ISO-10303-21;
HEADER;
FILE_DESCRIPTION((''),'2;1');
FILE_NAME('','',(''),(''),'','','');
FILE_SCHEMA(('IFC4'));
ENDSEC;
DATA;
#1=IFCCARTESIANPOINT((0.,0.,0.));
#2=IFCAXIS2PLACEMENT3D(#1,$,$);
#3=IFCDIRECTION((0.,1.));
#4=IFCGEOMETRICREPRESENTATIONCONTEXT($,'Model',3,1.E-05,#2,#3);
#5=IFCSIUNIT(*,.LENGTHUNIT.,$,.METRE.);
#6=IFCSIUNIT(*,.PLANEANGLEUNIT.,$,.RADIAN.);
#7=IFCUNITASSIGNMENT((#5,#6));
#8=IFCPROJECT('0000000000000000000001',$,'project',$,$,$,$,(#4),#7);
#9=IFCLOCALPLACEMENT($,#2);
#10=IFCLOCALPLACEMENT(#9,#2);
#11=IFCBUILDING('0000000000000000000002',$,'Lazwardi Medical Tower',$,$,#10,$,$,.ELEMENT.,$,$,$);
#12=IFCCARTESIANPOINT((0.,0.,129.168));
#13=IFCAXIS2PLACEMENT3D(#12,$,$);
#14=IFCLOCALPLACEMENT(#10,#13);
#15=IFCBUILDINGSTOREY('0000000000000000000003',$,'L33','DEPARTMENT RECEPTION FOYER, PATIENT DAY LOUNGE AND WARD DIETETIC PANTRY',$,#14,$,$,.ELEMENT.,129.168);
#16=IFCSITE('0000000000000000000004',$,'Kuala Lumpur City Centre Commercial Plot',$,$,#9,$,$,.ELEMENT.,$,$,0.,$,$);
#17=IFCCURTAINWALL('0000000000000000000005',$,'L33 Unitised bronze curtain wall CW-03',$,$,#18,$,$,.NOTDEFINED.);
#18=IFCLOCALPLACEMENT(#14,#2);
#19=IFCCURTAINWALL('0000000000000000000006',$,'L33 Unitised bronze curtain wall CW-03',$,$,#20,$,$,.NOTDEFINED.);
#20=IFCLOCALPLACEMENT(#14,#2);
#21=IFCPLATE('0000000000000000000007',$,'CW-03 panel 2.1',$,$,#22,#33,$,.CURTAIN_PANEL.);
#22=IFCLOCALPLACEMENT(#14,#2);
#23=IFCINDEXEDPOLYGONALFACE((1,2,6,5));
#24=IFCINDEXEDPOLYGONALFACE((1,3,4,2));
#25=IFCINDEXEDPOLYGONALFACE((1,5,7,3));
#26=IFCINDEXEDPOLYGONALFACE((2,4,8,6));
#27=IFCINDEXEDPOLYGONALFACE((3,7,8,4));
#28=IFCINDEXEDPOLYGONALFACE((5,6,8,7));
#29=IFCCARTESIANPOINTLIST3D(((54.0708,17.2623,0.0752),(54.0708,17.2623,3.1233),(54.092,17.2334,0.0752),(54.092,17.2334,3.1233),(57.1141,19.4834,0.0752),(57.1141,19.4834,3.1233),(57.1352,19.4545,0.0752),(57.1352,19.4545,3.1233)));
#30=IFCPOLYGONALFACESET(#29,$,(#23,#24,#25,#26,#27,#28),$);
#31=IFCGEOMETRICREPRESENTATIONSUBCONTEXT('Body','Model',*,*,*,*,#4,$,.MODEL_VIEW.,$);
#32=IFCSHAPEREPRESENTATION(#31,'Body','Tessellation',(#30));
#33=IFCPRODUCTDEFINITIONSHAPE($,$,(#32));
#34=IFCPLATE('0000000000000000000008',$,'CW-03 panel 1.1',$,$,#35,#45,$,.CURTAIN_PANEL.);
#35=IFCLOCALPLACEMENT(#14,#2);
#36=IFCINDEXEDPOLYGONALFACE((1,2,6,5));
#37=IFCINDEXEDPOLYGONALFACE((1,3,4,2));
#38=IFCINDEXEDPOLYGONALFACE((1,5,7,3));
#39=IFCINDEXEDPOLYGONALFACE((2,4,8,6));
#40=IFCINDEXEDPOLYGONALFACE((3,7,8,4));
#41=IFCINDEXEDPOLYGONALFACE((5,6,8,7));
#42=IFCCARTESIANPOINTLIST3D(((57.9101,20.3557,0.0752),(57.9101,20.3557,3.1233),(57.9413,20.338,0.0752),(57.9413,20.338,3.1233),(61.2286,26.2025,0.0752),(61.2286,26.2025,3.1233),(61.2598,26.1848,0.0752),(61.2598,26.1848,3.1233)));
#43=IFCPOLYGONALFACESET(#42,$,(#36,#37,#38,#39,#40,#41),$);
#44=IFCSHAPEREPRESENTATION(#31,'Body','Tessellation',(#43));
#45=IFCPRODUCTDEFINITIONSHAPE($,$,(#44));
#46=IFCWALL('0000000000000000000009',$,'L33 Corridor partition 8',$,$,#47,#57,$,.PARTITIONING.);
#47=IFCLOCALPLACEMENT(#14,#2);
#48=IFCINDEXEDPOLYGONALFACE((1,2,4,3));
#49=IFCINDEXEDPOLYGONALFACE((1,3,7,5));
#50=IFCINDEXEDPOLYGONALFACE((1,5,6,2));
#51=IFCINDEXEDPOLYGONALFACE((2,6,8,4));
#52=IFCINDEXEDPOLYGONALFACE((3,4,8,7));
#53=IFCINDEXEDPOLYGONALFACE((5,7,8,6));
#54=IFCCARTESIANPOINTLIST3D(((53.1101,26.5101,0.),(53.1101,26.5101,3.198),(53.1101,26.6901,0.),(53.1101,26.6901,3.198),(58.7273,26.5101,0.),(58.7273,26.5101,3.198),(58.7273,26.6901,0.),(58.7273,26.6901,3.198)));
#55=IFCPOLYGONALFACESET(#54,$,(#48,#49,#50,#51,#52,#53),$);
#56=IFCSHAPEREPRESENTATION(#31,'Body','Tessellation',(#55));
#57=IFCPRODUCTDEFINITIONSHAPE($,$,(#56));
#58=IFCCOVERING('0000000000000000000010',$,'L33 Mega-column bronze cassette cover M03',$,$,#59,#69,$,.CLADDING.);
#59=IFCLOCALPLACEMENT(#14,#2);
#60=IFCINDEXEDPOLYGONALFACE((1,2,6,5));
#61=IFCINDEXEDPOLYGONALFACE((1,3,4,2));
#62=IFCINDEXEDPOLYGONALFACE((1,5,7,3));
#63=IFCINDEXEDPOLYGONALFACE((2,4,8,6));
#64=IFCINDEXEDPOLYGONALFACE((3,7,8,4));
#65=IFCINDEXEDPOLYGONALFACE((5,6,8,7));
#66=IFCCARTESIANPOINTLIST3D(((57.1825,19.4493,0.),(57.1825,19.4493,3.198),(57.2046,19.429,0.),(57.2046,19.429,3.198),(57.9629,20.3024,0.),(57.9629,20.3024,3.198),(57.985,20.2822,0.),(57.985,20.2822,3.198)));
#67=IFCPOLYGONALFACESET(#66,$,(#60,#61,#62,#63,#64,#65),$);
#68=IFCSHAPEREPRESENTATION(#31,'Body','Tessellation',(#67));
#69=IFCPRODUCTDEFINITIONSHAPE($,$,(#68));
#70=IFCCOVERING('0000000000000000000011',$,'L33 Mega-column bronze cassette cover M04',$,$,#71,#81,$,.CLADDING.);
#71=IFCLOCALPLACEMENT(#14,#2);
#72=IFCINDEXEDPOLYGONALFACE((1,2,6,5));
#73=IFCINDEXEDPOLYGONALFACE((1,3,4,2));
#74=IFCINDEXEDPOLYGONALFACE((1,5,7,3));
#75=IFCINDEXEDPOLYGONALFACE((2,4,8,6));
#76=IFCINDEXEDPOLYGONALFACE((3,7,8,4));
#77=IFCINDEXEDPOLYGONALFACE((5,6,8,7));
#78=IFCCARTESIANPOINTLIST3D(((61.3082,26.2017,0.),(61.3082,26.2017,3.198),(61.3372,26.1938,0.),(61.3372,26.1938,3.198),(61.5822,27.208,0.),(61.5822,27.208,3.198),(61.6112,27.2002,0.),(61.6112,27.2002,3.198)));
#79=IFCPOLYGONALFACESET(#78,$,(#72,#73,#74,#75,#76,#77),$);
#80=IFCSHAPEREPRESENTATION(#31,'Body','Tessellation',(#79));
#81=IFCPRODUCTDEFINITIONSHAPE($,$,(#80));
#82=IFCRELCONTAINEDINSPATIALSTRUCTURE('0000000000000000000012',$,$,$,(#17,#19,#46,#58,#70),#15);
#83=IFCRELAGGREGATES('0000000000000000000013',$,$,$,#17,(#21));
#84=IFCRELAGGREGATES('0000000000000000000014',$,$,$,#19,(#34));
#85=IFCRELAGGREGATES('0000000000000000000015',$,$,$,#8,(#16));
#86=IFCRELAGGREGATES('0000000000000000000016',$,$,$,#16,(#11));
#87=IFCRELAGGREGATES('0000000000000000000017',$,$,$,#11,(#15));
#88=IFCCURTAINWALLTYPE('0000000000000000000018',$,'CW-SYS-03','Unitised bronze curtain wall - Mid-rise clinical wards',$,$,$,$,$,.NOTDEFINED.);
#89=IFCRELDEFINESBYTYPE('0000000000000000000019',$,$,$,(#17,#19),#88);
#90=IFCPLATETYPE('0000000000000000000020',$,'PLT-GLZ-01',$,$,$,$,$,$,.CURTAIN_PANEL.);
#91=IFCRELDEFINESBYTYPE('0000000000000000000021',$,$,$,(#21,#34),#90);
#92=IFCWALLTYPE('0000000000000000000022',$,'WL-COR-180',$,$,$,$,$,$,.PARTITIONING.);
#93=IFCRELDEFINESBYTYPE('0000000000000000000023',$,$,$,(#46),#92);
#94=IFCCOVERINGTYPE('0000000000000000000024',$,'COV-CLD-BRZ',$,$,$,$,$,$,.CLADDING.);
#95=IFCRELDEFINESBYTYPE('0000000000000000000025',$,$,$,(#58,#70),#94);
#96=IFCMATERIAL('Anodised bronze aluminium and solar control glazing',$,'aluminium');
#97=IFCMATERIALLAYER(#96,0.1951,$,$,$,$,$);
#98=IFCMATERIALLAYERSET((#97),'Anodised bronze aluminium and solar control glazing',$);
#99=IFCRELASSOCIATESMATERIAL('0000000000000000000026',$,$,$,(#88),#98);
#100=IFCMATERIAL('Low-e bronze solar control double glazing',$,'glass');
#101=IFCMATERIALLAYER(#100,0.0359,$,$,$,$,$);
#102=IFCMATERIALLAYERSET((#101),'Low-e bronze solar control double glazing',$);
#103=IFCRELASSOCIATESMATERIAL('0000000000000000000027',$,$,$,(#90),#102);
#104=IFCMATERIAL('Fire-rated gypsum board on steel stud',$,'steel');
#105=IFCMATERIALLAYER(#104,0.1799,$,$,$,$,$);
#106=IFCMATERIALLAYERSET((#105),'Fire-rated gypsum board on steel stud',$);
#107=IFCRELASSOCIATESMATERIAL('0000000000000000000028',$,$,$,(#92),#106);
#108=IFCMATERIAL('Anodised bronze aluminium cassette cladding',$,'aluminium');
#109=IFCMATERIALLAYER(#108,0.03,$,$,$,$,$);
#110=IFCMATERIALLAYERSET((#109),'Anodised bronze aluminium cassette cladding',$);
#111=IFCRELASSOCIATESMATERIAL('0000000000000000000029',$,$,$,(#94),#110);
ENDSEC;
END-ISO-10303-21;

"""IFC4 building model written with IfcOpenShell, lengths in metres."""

from ifc_helpers import new_model, si_unit, direction, frame, frame_2d, origin, origin_2d, place, context, subcontext, project, spatial, rectangle, extrude, material, layer, layer_set, type_object, element, aggregate, save


model = new_model("IFC4")

# Units and contexts
model_context = context("Model", 3, precision=1e-05, world=origin(), true_north=direction((0.0, 1.0)))
body_context = subcontext(model_context, "Body", "Model", "MODEL_VIEW")
ifc_project = project(units=[si_unit("LENGTHUNIT", "METRE"), si_unit("PLANEANGLEUNIT", "RADIAN")], contexts=[model_context])

# Site, building, storey
site_placement = place(None, origin())
site = spatial("IfcSite", under=ifc_project, at=site_placement, Name="Kuala Lumpur City Centre Commercial Plot", CompositionType="ELEMENT", RefElevation=0.0)
building_placement = place(site_placement, origin())
building = spatial("IfcBuilding", under=site, at=building_placement, Name="Lazwardi Medical Tower", CompositionType="ELEMENT")
storey_placement = place(building_placement, frame((0.0, 0.0, 129.168)))
storey = spatial("IfcBuildingStorey", under=building, at=storey_placement, Name="L33", Description="DEPARTMENT RECEPTION FOYER, PATIENT DAY LOUNGE AND WARD DIETETIC PANTRY", CompositionType="ELEMENT", Elevation=129.168)

# Curtain walls
ifc_material_1 = material(Name="Anodised bronze aluminium and solar control glazing", Category="aluminium")
ifc_layer_1 = layer(ifc_material_1, 0.1951)
ifc_layer_set_1 = layer_set([ifc_layer_1], Name="Anodised bronze aluminium and solar control glazing")
curtain_wall_type = type_object("IfcCurtainWallType", Name="CW-SYS-03", Description="Unitised bronze curtain wall - Mid-rise clinical wards", PredefinedType="NOTDEFINED", material=ifc_layer_set_1)
curtain_wall_1_placement = place(storey_placement, origin())
curtain_wall_1 = element("IfcCurtainWall", 1, at=curtain_wall_1_placement, inside=storey, type_object=curtain_wall_type, Name="L33 Unitised bronze curtain wall CW-03", PredefinedType="NOTDEFINED")
curtain_wall_2_placement = place(storey_placement, origin())
curtain_wall_2 = element("IfcCurtainWall", 2, at=curtain_wall_2_placement, inside=storey, type_object=curtain_wall_type, Name="L33 Unitised bronze curtain wall CW-03", PredefinedType="NOTDEFINED")

# Plates
ifc_material_2 = material(Name="Low-e bronze solar control double glazing", Category="glass")
ifc_layer_2 = layer(ifc_material_2, 0.0359)
ifc_layer_set_2 = layer_set([ifc_layer_2], Name="Low-e bronze solar control double glazing")
plate_type = type_object("IfcPlateType", Name="PLT-GLZ-01", PredefinedType="CURTAIN_PANEL", material=ifc_layer_set_2)
plate_1_placement = place(storey_placement, frame((55.603, 18.3584, 0.0752), z_axis=(0.0, 0.0, 1.0), x_axis=(0.807746, 0.589531, 0.0)))
plate_1 = element("IfcPlate", 3, at=plate_1_placement, type_object=plate_type, Name="CW-03 panel 2.1", PredefinedType="CURTAIN_PANEL", context=body_context, shape_type="SweptSolid", body=[
    extrude(rectangle(XDim=3.7676, YDim=0.0359, at=origin_2d()), origin(), (0.0, 0.0, 1.0), 3.0481),
])
aggregate(curtain_wall_1, [plate_1])
plate_2_placement = place(storey_placement, frame((59.585, 23.2703, 0.0752), z_axis=(0.0, 0.0, 1.0), x_axis=(0.493603, 0.869687, 0.0)))
plate_2 = element("IfcPlate", 4, at=plate_2_placement, type_object=plate_type, Name="CW-03 panel 1.1", PredefinedType="CURTAIN_PANEL", context=body_context, shape_type="SweptSolid", body=[
    extrude(rectangle(XDim=6.7229, YDim=0.0359, at=origin_2d()), origin(), (0.0, 0.0, 1.0), 3.0481),
])
aggregate(curtain_wall_2, [plate_2])

# Wall
ifc_material_3 = material(Name="Fire-rated gypsum board on steel stud", Category="steel")
ifc_layer_3 = layer(ifc_material_3, 0.1799)
ifc_layer_set_3 = layer_set([ifc_layer_3], Name="Fire-rated gypsum board on steel stud")
wall_type = type_object("IfcWallType", Name="WL-COR-180", PredefinedType="PARTITIONING", material=ifc_layer_set_3)
wall_placement = place(storey_placement, frame((58.7273, 26.6001, 0.0), z_axis=(0.0, 0.0, 1.0), x_axis=(-1.0, 0.0, 0.0)))
element("IfcWall", 5, at=wall_placement, inside=storey, type_object=wall_type, Name="L33 Corridor partition 8", PredefinedType="PARTITIONING", context=body_context, shape_type="SweptSolid", body=[
    extrude(rectangle(XDim=5.6172, YDim=0.1799, at=frame_2d((2.8086, 0.0))), origin(), (0.0, 0.0, 1.0), 3.198),
])

# Coverings
ifc_material_4 = material(Name="Anodised bronze aluminium cassette cladding", Category="aluminium")
ifc_layer_4 = layer(ifc_material_4, 0.03)
ifc_layer_set_4 = layer_set([ifc_layer_4], Name="Anodised bronze aluminium cassette cladding")
covering_type = type_object("IfcCoveringType", Name="COV-CLD-BRZ", PredefinedType="CLADDING", material=ifc_layer_set_4)
covering_1_placement = place(storey_placement, frame((57.5837, 19.8657, 0.0), z_axis=(0.0, 0.0, 1.0), x_axis=(0.674926, 0.737885, 0.0)))
element("IfcCovering", 6, at=covering_1_placement, inside=storey, type_object=covering_type, Name="L33 Mega-column bronze cassette cover M03", PredefinedType="CLADDING", context=body_context, shape_type="SweptSolid", body=[
    extrude(rectangle(XDim=1.1562, YDim=0.03, at=origin_2d()), origin(), (0.0, 0.0, 1.0), 3.198),
])
covering_2_placement = place(storey_placement, frame((61.4597, 26.7009, 0.0), z_axis=(0.0, 0.0, 1.0), x_axis=(0.262696, 0.964879, 0.0)))
element("IfcCovering", 7, at=covering_2_placement, inside=storey, type_object=covering_type, Name="L33 Mega-column bronze cassette cover M04", PredefinedType="CLADDING", context=body_context, shape_type="SweptSolid", body=[
    extrude(rectangle(XDim=1.043, YDim=0.03, at=origin_2d()), origin(), (0.0, 0.0, 1.0), 3.198),
])

save(model, "model.ifc")
